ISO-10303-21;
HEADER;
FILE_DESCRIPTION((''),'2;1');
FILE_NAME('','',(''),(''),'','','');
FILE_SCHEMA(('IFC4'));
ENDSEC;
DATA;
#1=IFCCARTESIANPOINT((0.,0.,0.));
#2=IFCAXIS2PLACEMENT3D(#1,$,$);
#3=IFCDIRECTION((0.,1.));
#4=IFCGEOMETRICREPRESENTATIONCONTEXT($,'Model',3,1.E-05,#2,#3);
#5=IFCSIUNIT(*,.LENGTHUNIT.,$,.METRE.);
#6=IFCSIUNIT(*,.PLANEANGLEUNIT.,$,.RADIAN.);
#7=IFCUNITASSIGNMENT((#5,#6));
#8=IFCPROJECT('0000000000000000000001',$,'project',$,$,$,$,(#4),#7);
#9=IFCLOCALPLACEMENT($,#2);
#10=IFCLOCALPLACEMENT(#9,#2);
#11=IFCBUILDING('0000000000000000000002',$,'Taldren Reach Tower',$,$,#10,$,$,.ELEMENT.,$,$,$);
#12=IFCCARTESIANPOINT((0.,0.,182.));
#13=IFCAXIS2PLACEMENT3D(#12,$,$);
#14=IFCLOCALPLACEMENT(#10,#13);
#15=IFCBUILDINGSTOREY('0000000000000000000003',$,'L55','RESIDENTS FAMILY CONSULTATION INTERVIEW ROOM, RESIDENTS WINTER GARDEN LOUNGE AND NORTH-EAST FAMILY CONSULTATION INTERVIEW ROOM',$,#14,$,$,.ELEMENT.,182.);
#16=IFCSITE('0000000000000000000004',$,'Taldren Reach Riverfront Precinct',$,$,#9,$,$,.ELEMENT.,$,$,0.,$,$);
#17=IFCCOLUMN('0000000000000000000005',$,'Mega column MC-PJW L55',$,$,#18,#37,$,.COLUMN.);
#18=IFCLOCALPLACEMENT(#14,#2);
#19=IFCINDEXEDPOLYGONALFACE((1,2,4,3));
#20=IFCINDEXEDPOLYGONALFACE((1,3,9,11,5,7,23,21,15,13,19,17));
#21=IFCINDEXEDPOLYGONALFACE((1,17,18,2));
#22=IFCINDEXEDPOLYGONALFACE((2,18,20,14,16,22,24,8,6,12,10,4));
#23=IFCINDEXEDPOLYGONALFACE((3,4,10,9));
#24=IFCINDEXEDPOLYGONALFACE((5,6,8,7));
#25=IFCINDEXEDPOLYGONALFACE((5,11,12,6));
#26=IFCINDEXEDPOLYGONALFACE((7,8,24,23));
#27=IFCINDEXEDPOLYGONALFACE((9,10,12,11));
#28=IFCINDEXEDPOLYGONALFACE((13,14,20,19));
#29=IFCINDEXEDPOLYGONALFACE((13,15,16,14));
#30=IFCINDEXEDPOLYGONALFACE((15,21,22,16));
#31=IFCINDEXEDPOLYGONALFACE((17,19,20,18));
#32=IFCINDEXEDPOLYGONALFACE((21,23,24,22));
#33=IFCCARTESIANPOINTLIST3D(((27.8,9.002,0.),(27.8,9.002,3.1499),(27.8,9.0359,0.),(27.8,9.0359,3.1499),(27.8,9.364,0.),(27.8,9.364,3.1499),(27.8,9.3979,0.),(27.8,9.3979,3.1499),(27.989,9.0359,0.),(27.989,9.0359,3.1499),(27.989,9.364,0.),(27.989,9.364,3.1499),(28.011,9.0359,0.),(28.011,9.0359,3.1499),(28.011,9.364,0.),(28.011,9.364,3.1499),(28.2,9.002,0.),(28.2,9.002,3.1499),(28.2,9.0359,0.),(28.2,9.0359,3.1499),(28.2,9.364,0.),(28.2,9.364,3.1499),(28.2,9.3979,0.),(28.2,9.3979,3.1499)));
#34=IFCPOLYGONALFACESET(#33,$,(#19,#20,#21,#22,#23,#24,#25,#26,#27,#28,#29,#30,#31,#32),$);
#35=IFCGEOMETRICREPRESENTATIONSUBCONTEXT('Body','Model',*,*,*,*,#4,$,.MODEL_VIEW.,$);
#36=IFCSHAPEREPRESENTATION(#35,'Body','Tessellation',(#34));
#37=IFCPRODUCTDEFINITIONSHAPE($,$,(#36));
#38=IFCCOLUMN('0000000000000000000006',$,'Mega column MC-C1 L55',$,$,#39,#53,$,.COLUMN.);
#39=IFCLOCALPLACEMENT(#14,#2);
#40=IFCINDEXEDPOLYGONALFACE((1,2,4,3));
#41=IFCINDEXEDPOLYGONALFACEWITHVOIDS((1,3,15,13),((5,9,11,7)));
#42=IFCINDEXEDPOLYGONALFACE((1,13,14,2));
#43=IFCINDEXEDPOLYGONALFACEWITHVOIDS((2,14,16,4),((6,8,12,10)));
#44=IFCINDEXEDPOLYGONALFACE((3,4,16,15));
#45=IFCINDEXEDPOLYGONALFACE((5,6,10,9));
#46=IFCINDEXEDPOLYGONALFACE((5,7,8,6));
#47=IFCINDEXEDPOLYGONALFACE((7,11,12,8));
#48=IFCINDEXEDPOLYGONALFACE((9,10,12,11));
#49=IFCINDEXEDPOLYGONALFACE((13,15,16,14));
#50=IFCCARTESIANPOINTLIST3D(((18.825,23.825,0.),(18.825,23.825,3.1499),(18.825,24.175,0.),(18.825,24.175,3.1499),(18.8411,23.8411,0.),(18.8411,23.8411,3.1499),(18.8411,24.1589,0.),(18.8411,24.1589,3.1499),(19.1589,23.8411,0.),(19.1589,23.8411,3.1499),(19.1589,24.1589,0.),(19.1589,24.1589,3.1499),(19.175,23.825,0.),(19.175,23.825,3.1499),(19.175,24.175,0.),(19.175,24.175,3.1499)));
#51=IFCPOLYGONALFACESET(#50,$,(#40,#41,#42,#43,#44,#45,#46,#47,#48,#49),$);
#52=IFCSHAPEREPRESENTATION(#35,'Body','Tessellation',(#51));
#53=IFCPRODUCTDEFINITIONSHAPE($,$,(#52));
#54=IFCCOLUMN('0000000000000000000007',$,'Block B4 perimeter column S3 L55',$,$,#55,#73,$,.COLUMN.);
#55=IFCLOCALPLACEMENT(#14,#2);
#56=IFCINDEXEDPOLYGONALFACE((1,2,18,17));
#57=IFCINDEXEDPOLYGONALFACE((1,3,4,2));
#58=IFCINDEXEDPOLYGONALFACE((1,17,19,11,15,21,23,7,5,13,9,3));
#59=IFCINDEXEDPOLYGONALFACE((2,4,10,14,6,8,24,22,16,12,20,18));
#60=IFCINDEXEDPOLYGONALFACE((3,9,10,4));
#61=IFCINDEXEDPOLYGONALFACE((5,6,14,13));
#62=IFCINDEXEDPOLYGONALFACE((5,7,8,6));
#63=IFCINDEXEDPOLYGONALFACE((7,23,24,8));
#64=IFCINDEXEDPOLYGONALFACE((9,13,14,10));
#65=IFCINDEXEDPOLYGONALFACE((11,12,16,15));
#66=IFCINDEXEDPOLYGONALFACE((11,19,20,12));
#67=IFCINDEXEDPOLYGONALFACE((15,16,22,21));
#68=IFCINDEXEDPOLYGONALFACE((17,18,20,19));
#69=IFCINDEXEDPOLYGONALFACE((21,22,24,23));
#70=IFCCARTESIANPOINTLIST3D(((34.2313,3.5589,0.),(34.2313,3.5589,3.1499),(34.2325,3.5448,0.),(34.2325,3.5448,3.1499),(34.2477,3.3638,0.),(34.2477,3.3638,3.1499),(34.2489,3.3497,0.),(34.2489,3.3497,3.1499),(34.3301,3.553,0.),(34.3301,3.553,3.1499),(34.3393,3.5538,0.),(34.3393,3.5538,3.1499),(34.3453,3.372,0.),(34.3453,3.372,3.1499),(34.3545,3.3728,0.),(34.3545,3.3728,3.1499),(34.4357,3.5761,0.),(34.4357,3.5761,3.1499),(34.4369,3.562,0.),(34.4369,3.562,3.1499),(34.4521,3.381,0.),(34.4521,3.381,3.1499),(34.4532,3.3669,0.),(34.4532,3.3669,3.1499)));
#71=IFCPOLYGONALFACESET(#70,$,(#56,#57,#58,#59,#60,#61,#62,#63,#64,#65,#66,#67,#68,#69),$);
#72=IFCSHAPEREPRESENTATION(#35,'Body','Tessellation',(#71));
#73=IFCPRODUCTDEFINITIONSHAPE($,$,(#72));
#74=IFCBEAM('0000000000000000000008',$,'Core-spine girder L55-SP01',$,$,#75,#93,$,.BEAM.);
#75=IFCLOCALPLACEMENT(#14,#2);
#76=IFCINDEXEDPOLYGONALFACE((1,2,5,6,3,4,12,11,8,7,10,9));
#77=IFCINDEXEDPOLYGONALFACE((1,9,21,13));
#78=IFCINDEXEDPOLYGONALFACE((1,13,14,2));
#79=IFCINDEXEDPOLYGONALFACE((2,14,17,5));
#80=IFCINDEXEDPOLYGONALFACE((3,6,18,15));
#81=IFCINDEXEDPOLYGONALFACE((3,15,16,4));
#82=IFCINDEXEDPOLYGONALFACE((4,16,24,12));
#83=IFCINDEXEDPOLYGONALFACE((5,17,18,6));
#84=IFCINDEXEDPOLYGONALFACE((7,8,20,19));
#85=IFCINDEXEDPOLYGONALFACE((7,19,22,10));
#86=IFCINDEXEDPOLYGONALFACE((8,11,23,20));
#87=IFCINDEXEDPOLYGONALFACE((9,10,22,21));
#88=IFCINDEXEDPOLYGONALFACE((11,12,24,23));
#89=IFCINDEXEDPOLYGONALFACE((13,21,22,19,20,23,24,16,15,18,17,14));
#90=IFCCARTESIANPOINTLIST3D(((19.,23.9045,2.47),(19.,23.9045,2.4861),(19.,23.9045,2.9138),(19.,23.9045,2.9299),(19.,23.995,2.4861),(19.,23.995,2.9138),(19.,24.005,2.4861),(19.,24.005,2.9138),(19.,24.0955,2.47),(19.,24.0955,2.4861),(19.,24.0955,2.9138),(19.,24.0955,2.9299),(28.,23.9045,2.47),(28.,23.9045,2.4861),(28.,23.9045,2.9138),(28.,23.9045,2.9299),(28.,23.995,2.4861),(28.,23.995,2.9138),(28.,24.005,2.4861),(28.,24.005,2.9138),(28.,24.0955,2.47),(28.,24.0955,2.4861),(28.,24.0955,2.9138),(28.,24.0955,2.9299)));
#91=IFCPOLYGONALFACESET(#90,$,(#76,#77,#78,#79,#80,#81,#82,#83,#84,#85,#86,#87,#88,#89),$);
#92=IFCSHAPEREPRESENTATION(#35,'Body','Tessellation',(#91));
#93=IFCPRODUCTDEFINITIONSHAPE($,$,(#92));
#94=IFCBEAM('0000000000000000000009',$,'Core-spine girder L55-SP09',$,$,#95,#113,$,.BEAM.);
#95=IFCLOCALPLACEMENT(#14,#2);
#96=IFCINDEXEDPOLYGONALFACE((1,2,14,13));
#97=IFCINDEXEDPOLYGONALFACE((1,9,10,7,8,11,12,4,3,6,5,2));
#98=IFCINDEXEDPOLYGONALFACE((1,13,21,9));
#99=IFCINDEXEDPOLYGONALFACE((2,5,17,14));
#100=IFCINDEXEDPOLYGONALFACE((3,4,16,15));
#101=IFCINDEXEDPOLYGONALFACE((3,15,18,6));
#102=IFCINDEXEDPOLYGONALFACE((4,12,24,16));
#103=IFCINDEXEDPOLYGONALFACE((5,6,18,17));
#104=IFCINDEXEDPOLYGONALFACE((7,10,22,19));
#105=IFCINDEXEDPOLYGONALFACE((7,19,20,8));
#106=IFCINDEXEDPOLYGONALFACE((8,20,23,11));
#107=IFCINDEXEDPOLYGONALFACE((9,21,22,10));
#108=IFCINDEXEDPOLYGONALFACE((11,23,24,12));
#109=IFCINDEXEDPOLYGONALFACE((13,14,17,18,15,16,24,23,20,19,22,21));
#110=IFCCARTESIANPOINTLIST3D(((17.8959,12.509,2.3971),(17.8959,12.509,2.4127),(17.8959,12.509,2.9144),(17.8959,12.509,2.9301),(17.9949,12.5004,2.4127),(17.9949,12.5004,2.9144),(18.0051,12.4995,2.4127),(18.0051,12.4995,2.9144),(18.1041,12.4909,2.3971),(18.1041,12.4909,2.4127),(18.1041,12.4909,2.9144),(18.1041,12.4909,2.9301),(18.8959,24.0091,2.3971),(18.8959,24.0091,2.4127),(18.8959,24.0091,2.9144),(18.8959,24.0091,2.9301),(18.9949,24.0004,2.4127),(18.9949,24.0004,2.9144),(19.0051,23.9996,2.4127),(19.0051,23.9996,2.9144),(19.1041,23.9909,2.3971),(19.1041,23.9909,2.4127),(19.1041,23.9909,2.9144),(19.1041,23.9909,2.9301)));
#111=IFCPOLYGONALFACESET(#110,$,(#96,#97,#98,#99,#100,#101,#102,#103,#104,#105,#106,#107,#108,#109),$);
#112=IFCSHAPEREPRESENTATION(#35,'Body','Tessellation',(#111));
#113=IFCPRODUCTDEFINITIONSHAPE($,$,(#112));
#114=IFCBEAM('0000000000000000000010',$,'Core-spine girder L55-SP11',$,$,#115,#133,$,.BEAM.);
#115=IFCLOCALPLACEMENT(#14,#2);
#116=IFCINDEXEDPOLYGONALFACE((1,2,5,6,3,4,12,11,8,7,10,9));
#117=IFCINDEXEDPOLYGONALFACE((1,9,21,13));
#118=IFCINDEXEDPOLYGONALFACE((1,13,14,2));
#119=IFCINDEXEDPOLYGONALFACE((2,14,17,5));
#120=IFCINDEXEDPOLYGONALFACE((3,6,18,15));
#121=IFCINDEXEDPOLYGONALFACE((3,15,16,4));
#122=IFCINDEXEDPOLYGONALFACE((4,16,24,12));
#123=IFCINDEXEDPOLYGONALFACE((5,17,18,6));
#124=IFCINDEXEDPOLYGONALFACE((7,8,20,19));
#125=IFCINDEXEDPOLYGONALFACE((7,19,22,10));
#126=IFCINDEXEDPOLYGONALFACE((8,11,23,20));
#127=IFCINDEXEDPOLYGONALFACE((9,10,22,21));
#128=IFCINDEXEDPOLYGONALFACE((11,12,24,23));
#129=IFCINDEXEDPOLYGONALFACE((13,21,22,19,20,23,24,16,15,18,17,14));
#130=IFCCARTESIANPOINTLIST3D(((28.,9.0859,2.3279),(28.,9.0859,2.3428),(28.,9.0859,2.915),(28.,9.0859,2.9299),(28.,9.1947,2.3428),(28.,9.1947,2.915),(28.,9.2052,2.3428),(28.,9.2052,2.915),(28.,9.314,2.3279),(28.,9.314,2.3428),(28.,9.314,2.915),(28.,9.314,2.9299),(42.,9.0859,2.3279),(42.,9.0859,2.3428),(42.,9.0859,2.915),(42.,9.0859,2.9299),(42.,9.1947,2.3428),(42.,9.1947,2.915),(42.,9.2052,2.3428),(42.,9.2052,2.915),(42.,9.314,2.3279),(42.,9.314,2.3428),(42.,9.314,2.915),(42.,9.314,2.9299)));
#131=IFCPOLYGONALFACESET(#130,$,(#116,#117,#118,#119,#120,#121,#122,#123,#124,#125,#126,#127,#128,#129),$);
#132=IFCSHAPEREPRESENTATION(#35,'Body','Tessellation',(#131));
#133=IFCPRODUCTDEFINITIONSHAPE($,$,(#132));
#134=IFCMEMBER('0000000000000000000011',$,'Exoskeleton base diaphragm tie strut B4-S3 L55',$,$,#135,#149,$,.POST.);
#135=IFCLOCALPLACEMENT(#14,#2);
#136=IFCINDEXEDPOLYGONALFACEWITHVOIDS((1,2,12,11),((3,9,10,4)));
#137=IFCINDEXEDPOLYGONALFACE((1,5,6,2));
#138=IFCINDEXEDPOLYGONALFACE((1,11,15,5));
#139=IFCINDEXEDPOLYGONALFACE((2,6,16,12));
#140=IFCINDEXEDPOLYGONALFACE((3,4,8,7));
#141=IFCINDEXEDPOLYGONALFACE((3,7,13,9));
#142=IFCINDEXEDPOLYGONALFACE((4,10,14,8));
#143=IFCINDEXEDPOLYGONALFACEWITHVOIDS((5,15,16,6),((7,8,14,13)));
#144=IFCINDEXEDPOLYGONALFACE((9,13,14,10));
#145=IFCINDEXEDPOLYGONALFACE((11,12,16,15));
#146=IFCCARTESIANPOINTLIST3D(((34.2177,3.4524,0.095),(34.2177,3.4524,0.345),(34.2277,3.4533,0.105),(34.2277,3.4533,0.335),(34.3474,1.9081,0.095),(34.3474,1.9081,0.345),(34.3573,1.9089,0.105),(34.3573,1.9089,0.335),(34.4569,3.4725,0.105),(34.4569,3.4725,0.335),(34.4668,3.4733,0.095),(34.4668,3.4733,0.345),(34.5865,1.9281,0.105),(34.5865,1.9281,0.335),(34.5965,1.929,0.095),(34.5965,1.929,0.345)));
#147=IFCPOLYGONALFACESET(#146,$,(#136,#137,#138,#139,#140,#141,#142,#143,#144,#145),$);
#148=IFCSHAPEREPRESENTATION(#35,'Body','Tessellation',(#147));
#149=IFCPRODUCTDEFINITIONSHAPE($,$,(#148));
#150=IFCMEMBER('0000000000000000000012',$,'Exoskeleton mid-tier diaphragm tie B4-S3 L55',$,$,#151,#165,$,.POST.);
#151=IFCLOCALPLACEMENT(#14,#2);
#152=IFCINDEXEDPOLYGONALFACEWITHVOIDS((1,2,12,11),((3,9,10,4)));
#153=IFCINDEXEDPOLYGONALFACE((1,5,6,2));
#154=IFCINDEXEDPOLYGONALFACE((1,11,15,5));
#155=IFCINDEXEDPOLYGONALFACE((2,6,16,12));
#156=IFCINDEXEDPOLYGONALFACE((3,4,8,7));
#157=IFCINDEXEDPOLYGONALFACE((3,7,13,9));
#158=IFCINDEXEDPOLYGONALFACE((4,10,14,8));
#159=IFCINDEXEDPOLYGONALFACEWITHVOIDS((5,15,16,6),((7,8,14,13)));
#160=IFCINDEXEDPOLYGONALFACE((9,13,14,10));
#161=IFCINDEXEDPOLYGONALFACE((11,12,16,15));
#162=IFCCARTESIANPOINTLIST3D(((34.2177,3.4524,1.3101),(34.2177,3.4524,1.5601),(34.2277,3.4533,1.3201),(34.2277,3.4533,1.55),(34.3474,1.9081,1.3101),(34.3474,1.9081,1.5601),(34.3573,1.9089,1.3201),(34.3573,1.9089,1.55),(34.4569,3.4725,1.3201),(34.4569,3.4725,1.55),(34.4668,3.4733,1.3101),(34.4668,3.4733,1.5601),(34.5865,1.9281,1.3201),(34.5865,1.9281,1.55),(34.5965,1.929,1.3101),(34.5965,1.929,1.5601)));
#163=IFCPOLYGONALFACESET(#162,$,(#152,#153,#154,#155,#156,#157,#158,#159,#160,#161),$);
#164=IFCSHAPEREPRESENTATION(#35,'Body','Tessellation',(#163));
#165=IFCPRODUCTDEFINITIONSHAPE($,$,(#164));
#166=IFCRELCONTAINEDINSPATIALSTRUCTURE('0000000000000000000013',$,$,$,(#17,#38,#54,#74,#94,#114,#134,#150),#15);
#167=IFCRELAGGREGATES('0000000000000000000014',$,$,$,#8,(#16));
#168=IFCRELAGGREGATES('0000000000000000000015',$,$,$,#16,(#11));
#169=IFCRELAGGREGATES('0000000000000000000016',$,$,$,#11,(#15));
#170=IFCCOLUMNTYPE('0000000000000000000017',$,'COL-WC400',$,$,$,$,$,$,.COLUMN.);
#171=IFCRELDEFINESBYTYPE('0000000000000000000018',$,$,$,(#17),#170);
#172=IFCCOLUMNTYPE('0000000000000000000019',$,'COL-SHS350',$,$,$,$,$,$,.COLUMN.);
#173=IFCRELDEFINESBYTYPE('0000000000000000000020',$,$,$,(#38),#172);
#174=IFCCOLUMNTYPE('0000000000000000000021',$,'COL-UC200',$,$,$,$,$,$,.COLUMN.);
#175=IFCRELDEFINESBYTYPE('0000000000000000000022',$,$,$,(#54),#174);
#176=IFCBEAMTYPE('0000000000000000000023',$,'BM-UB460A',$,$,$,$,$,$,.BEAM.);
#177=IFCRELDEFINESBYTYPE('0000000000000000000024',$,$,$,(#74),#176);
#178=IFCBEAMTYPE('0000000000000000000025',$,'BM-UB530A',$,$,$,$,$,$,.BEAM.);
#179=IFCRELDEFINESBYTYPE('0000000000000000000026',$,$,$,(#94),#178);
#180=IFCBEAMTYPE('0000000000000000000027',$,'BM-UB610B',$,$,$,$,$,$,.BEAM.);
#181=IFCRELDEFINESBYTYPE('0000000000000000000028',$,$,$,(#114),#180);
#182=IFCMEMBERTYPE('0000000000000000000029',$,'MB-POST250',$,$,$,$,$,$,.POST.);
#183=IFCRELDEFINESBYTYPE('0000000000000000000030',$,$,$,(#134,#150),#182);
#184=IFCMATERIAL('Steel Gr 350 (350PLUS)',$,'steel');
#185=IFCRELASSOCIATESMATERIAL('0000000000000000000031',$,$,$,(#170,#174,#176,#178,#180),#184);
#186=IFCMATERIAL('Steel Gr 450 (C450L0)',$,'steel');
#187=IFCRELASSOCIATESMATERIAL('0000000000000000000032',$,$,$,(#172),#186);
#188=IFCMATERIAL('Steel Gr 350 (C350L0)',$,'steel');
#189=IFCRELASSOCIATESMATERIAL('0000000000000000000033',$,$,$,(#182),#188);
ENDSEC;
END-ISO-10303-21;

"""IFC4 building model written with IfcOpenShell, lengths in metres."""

from ifc_helpers import new_model, si_unit, direction, frame, origin, origin_2d, place, context, subcontext, project, spatial, hollow_rectangle, i_section, extrude, source, transform, mapped, material, material_profile, profile_set, type_object, element, save


model = new_model("IFC4")

# Units and contexts
model_context = context("Model", 3, precision=1e-05, world=origin(), true_north=direction((0.0, 1.0)))
body_context = subcontext(model_context, "Body", "Model", "MODEL_VIEW")
ifc_project = project(units=[si_unit("LENGTHUNIT", "METRE"), si_unit("PLANEANGLEUNIT", "RADIAN")], contexts=[model_context])

# Site, building, storey
site_placement = place(None, origin())
site = spatial("IfcSite", under=ifc_project, at=site_placement, Name="Taldren Reach Riverfront Precinct", CompositionType="ELEMENT", RefElevation=0.0)
building_placement = place(site_placement, origin())
building = spatial("IfcBuilding", under=site, at=building_placement, Name="Taldren Reach Tower", CompositionType="ELEMENT")
storey_placement = place(building_placement, frame((0.0, 0.0, 182.0)))
storey = spatial("IfcBuildingStorey", under=building, at=storey_placement, Name="L55", Description="RESIDENTS FAMILY CONSULTATION INTERVIEW ROOM, RESIDENTS WINTER GARDEN LOUNGE AND NORTH-EAST FAMILY CONSULTATION INTERVIEW ROOM", CompositionType="ELEMENT", Elevation=182.0)

# Columns
ifc_material_1 = material(Name="Steel Gr 350 (350PLUS)", Category="steel")
ifc_material_profile_1 = material_profile(ifc_material_1, i_section(OverallWidth=0.3999, OverallDepth=0.396, WebThickness=0.022, FlangeThickness=0.0339, at=origin_2d()), Name="400WC270")
ifc_profile_set_1 = profile_set([ifc_material_profile_1], Name="Steel Gr 350 (350PLUS)")
column_type_1 = type_object("IfcColumnType", Name="COL-WC400", PredefinedType="COLUMN", material=ifc_profile_set_1)
shared_shape_1 = source(origin(), body_context, "Body", "SweptSolid", [
    extrude(i_section(OverallWidth=0.3999, OverallDepth=0.396, WebThickness=0.022, FlangeThickness=0.0339, at=origin_2d()), origin(), (0.0, 0.0, 1.0), 3.1499),
])
column_1_placement = place(storey_placement, frame((28.0, 9.2, 0.0), z_axis=(0.0, 0.0, 1.0), x_axis=(1.0, 0.0, 0.0)))
element("IfcColumn", 1, at=column_1_placement, inside=storey, type_object=column_type_1, Name="Mega column MC-PJW L55", PredefinedType="COLUMN", context=body_context, shape_type="MappedRepresentation", body=[
    mapped(shared_shape_1, transform((0.0, 0.0, 0.0), scale=1.0)),
])
ifc_material_2 = material(Name="Steel Gr 450 (C450L0)", Category="steel")
ifc_material_profile_2 = material_profile(ifc_material_2, hollow_rectangle(XDim=0.3501, YDim=0.3501, WallThickness=0.0161, at=origin_2d()), Name="350x350x16.0SHS")
ifc_profile_set_2 = profile_set([ifc_material_profile_2], Name="Steel Gr 450 (C450L0)")
column_type_2 = type_object("IfcColumnType", Name="COL-SHS350", PredefinedType="COLUMN", material=ifc_profile_set_2)
shared_shape_2 = source(origin(), body_context, "Body", "SweptSolid", [
    extrude(hollow_rectangle(XDim=0.3501, YDim=0.3501, WallThickness=0.0161, at=origin_2d()), origin(), (0.0, 0.0, 1.0), 3.1499),
])
column_2_placement = place(storey_placement, frame((19.0, 24.0, 0.0), z_axis=(0.0, 0.0, 1.0), x_axis=(1.0, 0.0, 0.0)))
element("IfcColumn", 2, at=column_2_placement, inside=storey, type_object=column_type_2, Name="Mega column MC-C1 L55", PredefinedType="COLUMN", context=body_context, shape_type="MappedRepresentation", body=[
    mapped(shared_shape_2, transform((0.0, 0.0, 0.0), scale=1.0)),
])
ifc_material_profile_3 = material_profile(ifc_material_1, i_section(OverallWidth=0.2051, OverallDepth=0.21, WebThickness=0.0093, FlangeThickness=0.0142, at=origin_2d()), Name="200UC59.5")
ifc_profile_set_3 = profile_set([ifc_material_profile_3], Name="Steel Gr 350 (350PLUS)")
column_type_3 = type_object("IfcColumnType", Name="COL-UC200", PredefinedType="COLUMN", material=ifc_profile_set_3)
shared_shape_3 = source(origin(), body_context, "Body", "SweptSolid", [
    extrude(i_section(OverallWidth=0.2051, OverallDepth=0.21, WebThickness=0.0093, FlangeThickness=0.0142, at=origin_2d()), origin(), (0.0, 0.0, 1.0), 3.1499),
])
column_3_placement = place(storey_placement, frame((34.3423, 3.4629, 0.0), z_axis=(0.0, 0.0, 1.0), x_axis=(0.996493, 0.083678, 0.0)))
element("IfcColumn", 3, at=column_3_placement, inside=storey, type_object=column_type_3, Name="Block B4 perimeter column S3 L55", PredefinedType="COLUMN", context=body_context, shape_type="MappedRepresentation", body=[
    mapped(shared_shape_3, transform((0.0, 0.0, 0.0), scale=1.0)),
])

# Beams
ifc_material_profile_4 = material_profile(ifc_material_1, i_section(OverallWidth=0.1909, OverallDepth=0.46, WebThickness=0.01, FlangeThickness=0.0161, at=origin_2d()), Name="460UB82.1")
ifc_profile_set_4 = profile_set([ifc_material_profile_4], Name="Steel Gr 350 (350PLUS)")
beam_type_1 = type_object("IfcBeamType", Name="BM-UB460A", PredefinedType="BEAM", material=ifc_profile_set_4)
shared_shape_4 = source(origin(), body_context, "Body", "SweptSolid", [
    extrude(i_section(OverallWidth=0.1909, OverallDepth=0.46, WebThickness=0.01, FlangeThickness=0.0161, at=origin_2d()), origin(), (0.0, 0.0, 1.0), 9.0),
])
beam_1_placement = place(storey_placement, frame((19.0, 24.0, 2.7), z_axis=(1.0, 0.0, 0.0), x_axis=(0.0, 1.0, 0.0)))
element("IfcBeam", 4, at=beam_1_placement, inside=storey, type_object=beam_type_1, Name="Core-spine girder L55-SP01", PredefinedType="BEAM", context=body_context, shape_type="MappedRepresentation", body=[
    mapped(shared_shape_4, transform((0.0, 0.0, 0.0), scale=1.0)),
])
ifc_material_profile_5 = material_profile(ifc_material_1, i_section(OverallWidth=0.209, OverallDepth=0.533, WebThickness=0.0103, FlangeThickness=0.0156, at=origin_2d()), Name="530UB92.4")
ifc_profile_set_5 = profile_set([ifc_material_profile_5], Name="Steel Gr 350 (350PLUS)")
beam_type_2 = type_object("IfcBeamType", Name="BM-UB530A", PredefinedType="BEAM", material=ifc_profile_set_5)
shared_shape_5 = source(origin(), body_context, "Body", "SweptSolid", [
    extrude(i_section(OverallWidth=0.209, OverallDepth=0.533, WebThickness=0.0103, FlangeThickness=0.0156, at=origin_2d()), origin(), (0.0, 0.0, 1.0), 11.5435),
])
beam_2_placement = place(storey_placement, frame((19.0, 24.0, 2.6636), z_axis=(-0.08663, -0.996241, 0.0), x_axis=(0.996241, -0.08663, 0.0)))
element("IfcBeam", 5, at=beam_2_placement, inside=storey, type_object=beam_type_2, Name="Core-spine girder L55-SP09", PredefinedType="BEAM", context=body_context, shape_type="MappedRepresentation", body=[
    mapped(shared_shape_5, transform((0.0, 0.0, 0.0), scale=1.0)),
])
ifc_material_profile_6 = material_profile(ifc_material_1, i_section(OverallWidth=0.228, OverallDepth=0.6021, WebThickness=0.0105, FlangeThickness=0.0149, at=origin_2d()), Name="610UB101")
ifc_profile_set_6 = profile_set([ifc_material_profile_6], Name="Steel Gr 350 (350PLUS)")
beam_type_3 = type_object("IfcBeamType", Name="BM-UB610B", PredefinedType="BEAM", material=ifc_profile_set_6)
shared_shape_6 = source(origin(), body_context, "Body", "SweptSolid", [
    extrude(i_section(OverallWidth=0.228, OverallDepth=0.6021, WebThickness=0.0105, FlangeThickness=0.0149, at=origin_2d()), origin(), (0.0, 0.0, 1.0), 14.0),
])
beam_3_placement = place(storey_placement, frame((28.0, 9.2, 2.6289), z_axis=(1.0, 0.0, 0.0), x_axis=(0.0, 1.0, 0.0)))
element("IfcBeam", 6, at=beam_3_placement, inside=storey, type_object=beam_type_3, Name="Core-spine girder L55-SP11", PredefinedType="BEAM", context=body_context, shape_type="MappedRepresentation", body=[
    mapped(shared_shape_6, transform((0.0, 0.0, 0.0), scale=1.0)),
])

# Members
ifc_material_3 = material(Name="Steel Gr 350 (C350L0)", Category="steel")
ifc_material_profile_7 = material_profile(ifc_material_3, hollow_rectangle(XDim=0.25, YDim=0.25, WallThickness=0.01, at=origin_2d()), Name="250x250x10.0SHS")
ifc_profile_set_7 = profile_set([ifc_material_profile_7], Name="Steel Gr 350 (C350L0)")
member_type_1 = type_object("IfcMemberType", Name="MB-POST250", PredefinedType="POST", material=ifc_profile_set_7)
shared_shape_7 = source(origin(), body_context, "Body", "SweptSolid", [
    extrude(hollow_rectangle(XDim=0.25, YDim=0.25, WallThickness=0.01, at=origin_2d()), origin(), (0.0, 0.0, 1.0), 1.5498),
])
for number, where, z_axis, x_axis, name in (
    (7, (34.3423, 3.4629, 0.22), (0.083645, -0.996496, 0.0), (0.996496, 0.083645, 0.0), "Exoskeleton base diaphragm tie strut B4-S3 L55"),
    (8, (34.3423, 3.4629, 1.4351), (0.083645, -0.996496, 0.0), (0.996496, 0.083645, 0.0), "Exoskeleton mid-tier diaphragm tie B4-S3 L55"),
):
    element("IfcMember", number, at=place(storey_placement, frame(where, z_axis=z_axis, x_axis=x_axis)), inside=storey, type_object=member_type_1, Name=name, PredefinedType="POST", context=body_context, shape_type="MappedRepresentation", body=[
        mapped(shared_shape_7, transform((0.0, 0.0, 0.0), scale=1.0)),
    ])

save(model, "model.ifc")
